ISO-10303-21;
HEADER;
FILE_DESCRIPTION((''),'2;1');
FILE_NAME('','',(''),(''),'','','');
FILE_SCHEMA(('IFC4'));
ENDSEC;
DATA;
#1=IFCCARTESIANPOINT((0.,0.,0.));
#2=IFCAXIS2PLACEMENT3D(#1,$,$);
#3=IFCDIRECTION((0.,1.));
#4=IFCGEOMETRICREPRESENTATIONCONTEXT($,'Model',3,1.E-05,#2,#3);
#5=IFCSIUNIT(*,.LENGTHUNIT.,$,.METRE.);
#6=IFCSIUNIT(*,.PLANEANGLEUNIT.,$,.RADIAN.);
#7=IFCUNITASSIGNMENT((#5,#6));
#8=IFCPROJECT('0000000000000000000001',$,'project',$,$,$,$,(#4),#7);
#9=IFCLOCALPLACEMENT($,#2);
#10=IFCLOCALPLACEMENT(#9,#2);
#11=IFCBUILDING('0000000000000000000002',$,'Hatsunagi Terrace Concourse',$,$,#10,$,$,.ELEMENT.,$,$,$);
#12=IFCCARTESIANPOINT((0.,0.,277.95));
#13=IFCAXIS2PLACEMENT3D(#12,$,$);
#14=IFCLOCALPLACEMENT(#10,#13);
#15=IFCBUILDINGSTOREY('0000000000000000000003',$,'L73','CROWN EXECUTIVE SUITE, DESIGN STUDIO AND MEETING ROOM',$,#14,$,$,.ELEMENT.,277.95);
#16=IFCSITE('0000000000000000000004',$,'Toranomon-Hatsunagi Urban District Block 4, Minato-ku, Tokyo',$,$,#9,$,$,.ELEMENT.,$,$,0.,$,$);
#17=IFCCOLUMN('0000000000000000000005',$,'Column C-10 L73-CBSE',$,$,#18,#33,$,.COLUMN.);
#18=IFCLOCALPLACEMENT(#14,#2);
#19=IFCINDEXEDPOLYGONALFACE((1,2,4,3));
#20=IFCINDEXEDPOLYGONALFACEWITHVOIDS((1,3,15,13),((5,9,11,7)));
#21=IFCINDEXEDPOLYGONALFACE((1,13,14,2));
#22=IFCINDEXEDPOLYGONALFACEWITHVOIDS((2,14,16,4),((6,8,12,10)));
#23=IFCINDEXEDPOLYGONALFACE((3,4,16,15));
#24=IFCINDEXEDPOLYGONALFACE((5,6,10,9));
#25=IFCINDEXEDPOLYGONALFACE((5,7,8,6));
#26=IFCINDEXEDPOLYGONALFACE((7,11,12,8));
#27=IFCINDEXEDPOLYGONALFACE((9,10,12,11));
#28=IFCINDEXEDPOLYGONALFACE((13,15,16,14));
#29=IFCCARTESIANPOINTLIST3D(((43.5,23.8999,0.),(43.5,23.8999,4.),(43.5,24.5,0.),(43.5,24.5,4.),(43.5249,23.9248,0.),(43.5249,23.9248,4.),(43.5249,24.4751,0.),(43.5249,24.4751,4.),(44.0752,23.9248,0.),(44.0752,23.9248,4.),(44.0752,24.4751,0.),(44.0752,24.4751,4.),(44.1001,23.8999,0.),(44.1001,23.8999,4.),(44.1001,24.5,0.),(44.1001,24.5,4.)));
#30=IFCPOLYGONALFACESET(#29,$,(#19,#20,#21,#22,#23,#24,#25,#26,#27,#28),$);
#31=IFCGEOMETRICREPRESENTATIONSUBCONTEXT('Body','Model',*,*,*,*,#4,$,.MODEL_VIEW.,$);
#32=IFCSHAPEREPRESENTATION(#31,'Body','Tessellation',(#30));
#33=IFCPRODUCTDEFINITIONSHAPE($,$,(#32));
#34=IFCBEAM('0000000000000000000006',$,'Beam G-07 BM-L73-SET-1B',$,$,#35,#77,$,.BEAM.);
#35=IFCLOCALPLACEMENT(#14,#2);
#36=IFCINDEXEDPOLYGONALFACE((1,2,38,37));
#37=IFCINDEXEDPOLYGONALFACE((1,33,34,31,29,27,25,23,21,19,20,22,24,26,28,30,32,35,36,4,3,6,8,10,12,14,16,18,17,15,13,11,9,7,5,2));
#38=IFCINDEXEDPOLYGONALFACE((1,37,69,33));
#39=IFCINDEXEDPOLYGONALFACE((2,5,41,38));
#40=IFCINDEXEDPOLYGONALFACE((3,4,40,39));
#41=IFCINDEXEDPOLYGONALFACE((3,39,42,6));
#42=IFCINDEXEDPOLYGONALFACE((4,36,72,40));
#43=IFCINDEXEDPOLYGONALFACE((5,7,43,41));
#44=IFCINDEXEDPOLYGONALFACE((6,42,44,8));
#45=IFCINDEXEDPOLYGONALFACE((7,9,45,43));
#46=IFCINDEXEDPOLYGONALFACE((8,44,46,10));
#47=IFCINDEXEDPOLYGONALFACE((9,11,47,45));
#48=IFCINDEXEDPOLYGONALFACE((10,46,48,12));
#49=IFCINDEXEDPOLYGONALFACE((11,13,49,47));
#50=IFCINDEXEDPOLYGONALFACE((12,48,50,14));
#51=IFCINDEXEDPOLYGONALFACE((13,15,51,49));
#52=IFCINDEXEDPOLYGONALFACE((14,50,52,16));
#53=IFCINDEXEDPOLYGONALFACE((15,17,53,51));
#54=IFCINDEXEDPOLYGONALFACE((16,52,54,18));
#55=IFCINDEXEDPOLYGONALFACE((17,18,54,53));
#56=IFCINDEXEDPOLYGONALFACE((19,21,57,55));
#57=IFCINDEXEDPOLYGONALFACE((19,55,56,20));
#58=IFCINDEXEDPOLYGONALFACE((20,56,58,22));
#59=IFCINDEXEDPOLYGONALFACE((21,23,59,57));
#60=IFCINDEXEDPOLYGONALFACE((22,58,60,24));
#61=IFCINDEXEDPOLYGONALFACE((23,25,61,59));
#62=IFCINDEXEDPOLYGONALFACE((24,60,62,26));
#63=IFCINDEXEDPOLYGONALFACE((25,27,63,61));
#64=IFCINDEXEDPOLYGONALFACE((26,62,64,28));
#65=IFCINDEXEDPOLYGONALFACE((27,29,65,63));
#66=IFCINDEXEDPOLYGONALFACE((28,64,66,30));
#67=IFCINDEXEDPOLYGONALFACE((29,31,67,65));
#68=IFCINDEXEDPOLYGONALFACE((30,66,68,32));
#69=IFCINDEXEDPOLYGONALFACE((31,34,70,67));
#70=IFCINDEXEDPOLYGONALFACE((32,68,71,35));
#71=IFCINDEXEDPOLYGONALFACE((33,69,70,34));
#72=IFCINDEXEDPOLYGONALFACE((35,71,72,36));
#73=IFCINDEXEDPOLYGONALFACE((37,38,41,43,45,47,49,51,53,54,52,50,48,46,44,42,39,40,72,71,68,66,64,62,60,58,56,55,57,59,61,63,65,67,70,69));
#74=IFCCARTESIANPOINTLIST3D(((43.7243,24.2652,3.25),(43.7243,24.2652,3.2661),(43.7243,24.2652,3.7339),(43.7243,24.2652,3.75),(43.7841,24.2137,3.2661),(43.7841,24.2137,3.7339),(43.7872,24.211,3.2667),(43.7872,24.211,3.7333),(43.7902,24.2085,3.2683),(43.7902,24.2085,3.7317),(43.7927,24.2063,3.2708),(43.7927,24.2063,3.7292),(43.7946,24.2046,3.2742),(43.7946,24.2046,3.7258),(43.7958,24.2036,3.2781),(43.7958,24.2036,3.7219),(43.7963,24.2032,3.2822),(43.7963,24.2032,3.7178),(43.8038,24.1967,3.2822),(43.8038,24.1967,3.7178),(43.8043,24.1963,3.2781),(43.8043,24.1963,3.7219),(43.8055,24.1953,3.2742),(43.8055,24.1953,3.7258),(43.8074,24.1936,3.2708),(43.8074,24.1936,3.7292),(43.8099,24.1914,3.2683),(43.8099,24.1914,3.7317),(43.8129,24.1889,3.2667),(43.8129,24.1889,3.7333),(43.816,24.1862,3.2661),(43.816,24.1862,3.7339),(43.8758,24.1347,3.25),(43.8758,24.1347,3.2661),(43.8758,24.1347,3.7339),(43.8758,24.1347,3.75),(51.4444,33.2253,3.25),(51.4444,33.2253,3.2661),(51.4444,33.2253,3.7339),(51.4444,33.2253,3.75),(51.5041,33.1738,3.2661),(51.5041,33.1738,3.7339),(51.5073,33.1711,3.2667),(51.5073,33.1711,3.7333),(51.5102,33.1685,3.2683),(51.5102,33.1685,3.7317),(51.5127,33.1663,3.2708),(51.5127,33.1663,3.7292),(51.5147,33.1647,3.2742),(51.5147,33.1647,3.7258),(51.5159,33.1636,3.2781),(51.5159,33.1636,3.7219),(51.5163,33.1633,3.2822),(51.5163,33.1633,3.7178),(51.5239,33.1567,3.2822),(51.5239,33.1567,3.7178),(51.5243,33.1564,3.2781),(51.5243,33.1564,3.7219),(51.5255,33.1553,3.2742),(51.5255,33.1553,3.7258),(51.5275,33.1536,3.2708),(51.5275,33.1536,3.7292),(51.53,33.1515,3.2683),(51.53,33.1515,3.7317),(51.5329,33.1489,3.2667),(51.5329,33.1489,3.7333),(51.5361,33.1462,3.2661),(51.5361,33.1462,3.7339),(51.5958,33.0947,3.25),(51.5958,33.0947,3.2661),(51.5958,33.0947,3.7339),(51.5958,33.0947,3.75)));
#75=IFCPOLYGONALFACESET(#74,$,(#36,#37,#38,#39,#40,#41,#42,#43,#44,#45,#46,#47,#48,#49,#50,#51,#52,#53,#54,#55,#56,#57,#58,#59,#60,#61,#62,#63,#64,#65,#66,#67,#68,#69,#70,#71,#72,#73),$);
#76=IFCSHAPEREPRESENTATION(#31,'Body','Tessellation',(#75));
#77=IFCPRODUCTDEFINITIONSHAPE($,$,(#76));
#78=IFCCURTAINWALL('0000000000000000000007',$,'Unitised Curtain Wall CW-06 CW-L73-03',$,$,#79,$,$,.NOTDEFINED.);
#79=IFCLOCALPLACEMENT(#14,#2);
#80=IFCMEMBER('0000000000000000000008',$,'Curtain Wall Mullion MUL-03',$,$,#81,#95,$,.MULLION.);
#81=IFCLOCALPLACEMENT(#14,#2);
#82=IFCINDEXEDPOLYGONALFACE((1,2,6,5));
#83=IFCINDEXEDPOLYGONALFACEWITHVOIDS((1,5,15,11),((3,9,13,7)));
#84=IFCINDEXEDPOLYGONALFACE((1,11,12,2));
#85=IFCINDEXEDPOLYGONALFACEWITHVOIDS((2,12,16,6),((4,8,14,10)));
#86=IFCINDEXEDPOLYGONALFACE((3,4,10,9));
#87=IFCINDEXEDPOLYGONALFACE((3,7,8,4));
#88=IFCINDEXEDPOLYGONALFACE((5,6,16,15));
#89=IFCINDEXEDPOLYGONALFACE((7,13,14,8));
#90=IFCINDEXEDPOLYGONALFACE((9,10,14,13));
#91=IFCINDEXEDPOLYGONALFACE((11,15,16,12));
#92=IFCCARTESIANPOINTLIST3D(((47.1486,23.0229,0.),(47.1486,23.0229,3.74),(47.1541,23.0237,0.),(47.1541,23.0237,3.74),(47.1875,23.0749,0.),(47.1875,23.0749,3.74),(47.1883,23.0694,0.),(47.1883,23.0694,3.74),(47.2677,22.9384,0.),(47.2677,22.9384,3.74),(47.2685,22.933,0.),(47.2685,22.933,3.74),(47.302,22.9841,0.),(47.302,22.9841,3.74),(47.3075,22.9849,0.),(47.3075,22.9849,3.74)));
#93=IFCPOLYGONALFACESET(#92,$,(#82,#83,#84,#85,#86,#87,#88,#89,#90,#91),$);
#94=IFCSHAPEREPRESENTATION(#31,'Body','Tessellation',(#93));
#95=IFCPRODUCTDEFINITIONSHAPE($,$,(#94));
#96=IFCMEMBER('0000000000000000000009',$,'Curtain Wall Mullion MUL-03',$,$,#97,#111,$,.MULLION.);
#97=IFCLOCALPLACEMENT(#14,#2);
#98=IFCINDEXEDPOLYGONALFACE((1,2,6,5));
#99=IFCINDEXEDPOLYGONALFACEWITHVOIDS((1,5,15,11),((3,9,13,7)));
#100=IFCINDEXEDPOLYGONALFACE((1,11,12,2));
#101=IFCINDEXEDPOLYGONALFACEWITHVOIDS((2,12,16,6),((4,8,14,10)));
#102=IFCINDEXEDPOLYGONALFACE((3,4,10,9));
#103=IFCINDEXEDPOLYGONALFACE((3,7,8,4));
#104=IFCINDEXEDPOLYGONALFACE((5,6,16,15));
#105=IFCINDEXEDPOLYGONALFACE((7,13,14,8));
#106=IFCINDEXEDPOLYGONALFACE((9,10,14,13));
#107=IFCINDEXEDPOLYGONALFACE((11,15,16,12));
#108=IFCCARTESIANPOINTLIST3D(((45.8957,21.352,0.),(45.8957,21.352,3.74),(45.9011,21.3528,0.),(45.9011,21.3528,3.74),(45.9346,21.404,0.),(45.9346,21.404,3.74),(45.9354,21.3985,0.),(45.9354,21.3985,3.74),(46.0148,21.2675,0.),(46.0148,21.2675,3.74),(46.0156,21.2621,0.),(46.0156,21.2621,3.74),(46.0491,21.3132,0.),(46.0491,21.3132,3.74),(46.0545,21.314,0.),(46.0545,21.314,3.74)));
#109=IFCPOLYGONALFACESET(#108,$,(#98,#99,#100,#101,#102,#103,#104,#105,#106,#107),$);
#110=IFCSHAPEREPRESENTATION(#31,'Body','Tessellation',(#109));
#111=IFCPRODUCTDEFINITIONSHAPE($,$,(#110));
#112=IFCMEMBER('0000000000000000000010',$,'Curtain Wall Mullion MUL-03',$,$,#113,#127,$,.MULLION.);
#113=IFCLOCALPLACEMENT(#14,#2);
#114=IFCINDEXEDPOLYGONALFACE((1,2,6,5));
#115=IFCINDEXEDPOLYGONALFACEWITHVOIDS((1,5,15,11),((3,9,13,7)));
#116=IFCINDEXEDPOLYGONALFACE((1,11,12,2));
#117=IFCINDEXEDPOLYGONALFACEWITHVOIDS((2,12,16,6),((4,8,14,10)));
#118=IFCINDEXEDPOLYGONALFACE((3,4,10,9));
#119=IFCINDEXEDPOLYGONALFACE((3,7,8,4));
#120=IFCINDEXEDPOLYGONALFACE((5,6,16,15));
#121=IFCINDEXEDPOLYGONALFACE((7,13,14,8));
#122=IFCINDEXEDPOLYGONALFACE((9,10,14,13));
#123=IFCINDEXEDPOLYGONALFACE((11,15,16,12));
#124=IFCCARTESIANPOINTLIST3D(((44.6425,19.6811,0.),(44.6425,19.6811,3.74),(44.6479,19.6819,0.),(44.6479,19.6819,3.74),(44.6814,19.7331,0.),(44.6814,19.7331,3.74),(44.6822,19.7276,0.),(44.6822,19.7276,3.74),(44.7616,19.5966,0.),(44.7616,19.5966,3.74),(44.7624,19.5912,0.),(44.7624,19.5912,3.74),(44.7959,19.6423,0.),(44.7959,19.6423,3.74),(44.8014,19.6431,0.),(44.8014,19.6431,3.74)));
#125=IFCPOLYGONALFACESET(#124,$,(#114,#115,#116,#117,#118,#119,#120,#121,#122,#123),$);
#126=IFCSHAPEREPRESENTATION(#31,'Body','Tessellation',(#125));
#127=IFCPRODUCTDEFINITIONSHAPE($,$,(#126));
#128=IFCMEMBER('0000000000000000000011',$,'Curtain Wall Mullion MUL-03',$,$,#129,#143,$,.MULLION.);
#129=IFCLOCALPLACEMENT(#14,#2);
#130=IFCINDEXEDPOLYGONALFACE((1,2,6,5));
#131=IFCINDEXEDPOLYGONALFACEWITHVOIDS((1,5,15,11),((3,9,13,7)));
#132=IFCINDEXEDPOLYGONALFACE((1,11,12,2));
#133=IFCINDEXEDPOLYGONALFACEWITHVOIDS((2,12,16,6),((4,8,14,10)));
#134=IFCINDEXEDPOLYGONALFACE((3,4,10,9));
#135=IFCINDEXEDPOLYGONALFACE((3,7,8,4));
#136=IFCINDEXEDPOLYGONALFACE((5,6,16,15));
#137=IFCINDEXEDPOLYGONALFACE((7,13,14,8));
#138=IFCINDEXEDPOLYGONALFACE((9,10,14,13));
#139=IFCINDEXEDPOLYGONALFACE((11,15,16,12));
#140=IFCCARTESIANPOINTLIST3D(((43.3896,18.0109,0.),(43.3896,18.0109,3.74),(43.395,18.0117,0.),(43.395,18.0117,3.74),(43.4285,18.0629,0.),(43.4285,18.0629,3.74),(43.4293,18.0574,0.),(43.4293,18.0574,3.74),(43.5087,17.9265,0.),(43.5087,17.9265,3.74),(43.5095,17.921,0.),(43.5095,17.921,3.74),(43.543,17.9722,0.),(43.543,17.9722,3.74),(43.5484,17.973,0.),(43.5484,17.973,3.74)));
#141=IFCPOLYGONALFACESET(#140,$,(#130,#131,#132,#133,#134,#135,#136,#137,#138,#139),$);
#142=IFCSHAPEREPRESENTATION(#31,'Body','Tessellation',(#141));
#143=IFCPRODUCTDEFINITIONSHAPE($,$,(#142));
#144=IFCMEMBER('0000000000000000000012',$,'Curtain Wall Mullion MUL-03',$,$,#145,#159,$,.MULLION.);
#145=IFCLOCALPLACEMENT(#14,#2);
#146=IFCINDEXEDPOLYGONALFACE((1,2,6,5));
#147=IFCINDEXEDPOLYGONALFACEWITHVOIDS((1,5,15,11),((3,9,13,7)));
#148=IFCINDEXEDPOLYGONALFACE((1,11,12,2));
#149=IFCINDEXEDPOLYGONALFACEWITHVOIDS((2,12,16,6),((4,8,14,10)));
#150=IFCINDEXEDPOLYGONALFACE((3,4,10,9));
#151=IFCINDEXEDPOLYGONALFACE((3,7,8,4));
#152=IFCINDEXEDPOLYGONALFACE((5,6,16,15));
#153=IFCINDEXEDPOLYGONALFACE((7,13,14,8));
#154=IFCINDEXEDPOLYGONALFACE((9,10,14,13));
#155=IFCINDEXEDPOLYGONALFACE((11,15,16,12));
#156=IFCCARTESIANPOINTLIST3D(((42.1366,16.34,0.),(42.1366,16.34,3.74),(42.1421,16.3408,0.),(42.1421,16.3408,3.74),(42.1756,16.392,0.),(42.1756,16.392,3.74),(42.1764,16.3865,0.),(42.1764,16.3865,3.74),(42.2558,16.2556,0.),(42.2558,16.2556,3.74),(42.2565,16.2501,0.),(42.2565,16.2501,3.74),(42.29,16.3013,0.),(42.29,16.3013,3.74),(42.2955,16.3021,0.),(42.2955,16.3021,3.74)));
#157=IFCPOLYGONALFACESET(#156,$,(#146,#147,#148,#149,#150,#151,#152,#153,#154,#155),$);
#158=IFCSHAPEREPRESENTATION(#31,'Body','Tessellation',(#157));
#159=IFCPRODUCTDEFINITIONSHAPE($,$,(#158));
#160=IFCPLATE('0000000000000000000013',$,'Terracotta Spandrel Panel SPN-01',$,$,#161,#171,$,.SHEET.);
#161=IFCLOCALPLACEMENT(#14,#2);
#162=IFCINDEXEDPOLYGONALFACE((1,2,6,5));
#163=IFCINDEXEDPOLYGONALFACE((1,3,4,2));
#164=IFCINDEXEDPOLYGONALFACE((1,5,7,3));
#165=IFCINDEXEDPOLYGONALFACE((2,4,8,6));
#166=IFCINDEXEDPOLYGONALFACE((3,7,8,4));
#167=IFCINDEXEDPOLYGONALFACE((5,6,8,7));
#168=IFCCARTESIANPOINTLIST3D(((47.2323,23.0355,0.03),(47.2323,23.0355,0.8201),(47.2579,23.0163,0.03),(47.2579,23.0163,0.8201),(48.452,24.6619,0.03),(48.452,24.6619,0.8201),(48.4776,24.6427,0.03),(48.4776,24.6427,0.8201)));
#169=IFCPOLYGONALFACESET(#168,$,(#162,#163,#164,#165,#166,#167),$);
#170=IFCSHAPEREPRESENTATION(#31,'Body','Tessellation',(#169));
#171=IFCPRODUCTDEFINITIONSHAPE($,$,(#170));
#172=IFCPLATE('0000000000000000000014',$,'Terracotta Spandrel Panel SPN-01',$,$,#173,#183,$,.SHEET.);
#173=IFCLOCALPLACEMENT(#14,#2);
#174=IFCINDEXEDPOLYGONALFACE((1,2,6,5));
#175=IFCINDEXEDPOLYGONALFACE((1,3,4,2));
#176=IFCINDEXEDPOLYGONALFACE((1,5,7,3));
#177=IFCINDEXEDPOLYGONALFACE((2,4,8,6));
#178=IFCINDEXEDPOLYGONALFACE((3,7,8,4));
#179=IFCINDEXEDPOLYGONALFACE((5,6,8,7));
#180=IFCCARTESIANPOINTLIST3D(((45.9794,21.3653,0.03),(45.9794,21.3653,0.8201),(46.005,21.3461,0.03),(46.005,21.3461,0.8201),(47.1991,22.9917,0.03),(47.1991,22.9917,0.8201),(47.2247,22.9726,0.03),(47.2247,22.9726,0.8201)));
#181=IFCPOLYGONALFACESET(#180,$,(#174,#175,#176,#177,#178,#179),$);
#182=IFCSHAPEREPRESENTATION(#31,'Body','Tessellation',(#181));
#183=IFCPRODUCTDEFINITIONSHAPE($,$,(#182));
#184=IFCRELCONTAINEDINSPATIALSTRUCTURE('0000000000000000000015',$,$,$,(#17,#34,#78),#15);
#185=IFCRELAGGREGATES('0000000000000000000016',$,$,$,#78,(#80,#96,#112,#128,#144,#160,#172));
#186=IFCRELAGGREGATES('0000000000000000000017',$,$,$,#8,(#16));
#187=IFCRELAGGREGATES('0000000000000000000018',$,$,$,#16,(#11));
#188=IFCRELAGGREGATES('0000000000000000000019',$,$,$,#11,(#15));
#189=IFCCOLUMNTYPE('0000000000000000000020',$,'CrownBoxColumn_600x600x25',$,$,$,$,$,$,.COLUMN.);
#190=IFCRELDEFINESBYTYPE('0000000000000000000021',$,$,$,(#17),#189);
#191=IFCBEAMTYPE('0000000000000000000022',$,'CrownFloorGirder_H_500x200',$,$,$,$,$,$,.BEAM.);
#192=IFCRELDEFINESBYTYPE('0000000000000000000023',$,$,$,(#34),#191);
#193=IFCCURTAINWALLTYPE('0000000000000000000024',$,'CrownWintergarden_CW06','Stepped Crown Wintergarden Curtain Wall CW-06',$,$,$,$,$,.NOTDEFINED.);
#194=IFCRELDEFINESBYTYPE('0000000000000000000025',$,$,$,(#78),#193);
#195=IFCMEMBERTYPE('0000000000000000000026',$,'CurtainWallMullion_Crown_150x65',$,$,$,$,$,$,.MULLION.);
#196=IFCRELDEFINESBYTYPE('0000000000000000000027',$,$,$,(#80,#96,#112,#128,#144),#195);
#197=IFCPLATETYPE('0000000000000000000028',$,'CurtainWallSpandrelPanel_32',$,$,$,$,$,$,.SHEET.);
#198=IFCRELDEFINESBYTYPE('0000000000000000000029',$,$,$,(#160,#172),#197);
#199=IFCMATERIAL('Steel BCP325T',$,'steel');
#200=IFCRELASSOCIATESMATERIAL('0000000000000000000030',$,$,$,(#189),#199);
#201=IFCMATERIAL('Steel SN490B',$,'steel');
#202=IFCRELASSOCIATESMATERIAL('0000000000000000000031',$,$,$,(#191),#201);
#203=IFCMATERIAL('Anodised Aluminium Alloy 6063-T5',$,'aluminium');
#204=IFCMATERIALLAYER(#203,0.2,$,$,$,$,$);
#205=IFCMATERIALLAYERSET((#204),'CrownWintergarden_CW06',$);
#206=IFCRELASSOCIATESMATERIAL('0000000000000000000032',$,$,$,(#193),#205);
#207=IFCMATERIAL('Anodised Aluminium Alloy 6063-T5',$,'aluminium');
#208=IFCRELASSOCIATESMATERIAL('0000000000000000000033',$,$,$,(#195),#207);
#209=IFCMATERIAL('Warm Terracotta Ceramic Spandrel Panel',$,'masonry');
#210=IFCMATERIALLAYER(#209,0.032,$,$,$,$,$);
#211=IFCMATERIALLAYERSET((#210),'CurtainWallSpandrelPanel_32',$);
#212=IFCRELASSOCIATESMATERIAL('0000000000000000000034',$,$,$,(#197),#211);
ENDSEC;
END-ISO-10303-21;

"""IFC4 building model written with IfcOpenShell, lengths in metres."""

from ifc_helpers import new_model, si_unit, direction, frame, origin, origin_2d, place, context, subcontext, project, spatial, rectangle, hollow_rectangle, i_section, extrude, material, layer, layer_set, material_profile, profile_set, type_object, element, aggregate, save


model = new_model("IFC4")

# Units and contexts
model_context = context("Model", 3, precision=1e-05, world=origin(), true_north=direction((0.0, 1.0)))
body_context = subcontext(model_context, "Body", "Model", "MODEL_VIEW")
ifc_project = project(units=[si_unit("LENGTHUNIT", "METRE"), si_unit("PLANEANGLEUNIT", "RADIAN")], contexts=[model_context])

# Site, building, storey
site_placement = place(None, origin())
site = spatial("IfcSite", under=ifc_project, at=site_placement, Name="Toranomon-Hatsunagi Urban District Block 4, Minato-ku, Tokyo", CompositionType="ELEMENT", RefElevation=0.0)
building_placement = place(site_placement, origin())
building = spatial("IfcBuilding", under=site, at=building_placement, Name="Hatsunagi Terrace Concourse", CompositionType="ELEMENT")
storey_placement = place(building_placement, frame((0.0, 0.0, 277.95)))
storey = spatial("IfcBuildingStorey", under=building, at=storey_placement, Name="L73", Description="CROWN EXECUTIVE SUITE, DESIGN STUDIO AND MEETING ROOM", CompositionType="ELEMENT", Elevation=277.95)

# Column
ifc_material_1 = material(Name="Steel BCP325T", Category="steel")
ifc_material_profile_1 = material_profile(ifc_material_1, hollow_rectangle(XDim=0.6001, YDim=0.6001, WallThickness=0.0249, at=origin_2d()), Name="BCP-600x600x25")
ifc_profile_set_1 = profile_set([ifc_material_profile_1], Name="Steel BCP325T")
column_type = type_object("IfcColumnType", Name="CrownBoxColumn_600x600x25", PredefinedType="COLUMN", material=ifc_profile_set_1)
column_placement = place(storey_placement, frame((43.8, 24.2, 0.0), z_axis=(0.0, 0.0, 1.0), x_axis=(1.0, 0.0, 0.0)))
element("IfcColumn", 1, at=column_placement, inside=storey, type_object=column_type, Name="Column C-10 L73-CBSE", PredefinedType="COLUMN", context=body_context, shape_type="SweptSolid", body=[
    extrude(hollow_rectangle(XDim=0.6001, YDim=0.6001, WallThickness=0.0249, at=origin_2d()), origin(), (0.0, 0.0, 1.0), 4.0),
])

# Beam
ifc_material_2 = material(Name="Steel SN490B", Category="steel")
ifc_material_profile_2 = material_profile(ifc_material_2, i_section(OverallWidth=0.2, OverallDepth=0.5, WebThickness=0.01, FlangeThickness=0.0161, FilletRadius=0.0161, at=origin_2d()), Name="H-500x200x10x16")
ifc_profile_set_2 = profile_set([ifc_material_profile_2], Name="Steel SN490B")
beam_type = type_object("IfcBeamType", Name="CrownFloorGirder_H_500x200", PredefinedType="BEAM", material=ifc_profile_set_2)
beam_placement = place(storey_placement, frame((43.8, 24.2, 3.5), z_axis=(0.652739, 0.757583, 0.0), x_axis=(-0.757583, 0.652739, 0.0)))
element("IfcBeam", 2, at=beam_placement, inside=storey, type_object=beam_type, Name="Beam G-07 BM-L73-SET-1B", PredefinedType="BEAM", context=body_context, shape_type="SweptSolid", body=[
    extrude(i_section(OverallWidth=0.2, OverallDepth=0.5, WebThickness=0.01, FlangeThickness=0.0161, FilletRadius=0.0161, at=origin_2d()), origin(), (0.0, 0.0, 1.0), 11.8271),
])

# Curtain wall, members, plates
ifc_material_3 = material(Name="Anodised Aluminium Alloy 6063-T5", Category="aluminium")
ifc_layer_1 = layer(ifc_material_3, 0.2)
ifc_layer_set_1 = layer_set([ifc_layer_1], Name="CrownWintergarden_CW06")
curtain_wall_type = type_object("IfcCurtainWallType", Name="CrownWintergarden_CW06", Description="Stepped Crown Wintergarden Curtain Wall CW-06", PredefinedType="NOTDEFINED", material=ifc_layer_set_1)
curtain_wall_placement = place(storey_placement, origin())
curtain_wall = element("IfcCurtainWall", 3, at=curtain_wall_placement, inside=storey, type_object=curtain_wall_type, Name="Unitised Curtain Wall CW-06 CW-L73-03", PredefinedType="NOTDEFINED")
ifc_material_4 = material(Name="Anodised Aluminium Alloy 6063-T5", Category="aluminium")
ifc_material_profile_3 = material_profile(ifc_material_4, hollow_rectangle(XDim=0.0649, YDim=0.1499, WallThickness=0.0039, at=origin_2d()), Name="ALU-MUL-150x65x4")
ifc_profile_set_3 = profile_set([ifc_material_profile_3], Name="Anodised Aluminium Alloy 6063-T5")
member_type = type_object("IfcMemberType", Name="CurtainWallMullion_Crown_150x65", PredefinedType="MULLION", material=ifc_profile_set_3)
member_1_placement = place(storey_placement, frame((47.228, 23.0039, 0.0), z_axis=(0.0, 0.0, 1.0), x_axis=(-0.599969, -0.800023, 0.0)))
member_1 = element("IfcMember", 4, at=member_1_placement, type_object=member_type, Name="Curtain Wall Mullion MUL-03", PredefinedType="MULLION", context=body_context, shape_type="SweptSolid", body=[
    extrude(hollow_rectangle(XDim=0.0649, YDim=0.1499, WallThickness=0.0039, at=origin_2d()), origin(), (0.0, 0.0, 1.0), 3.74),
])
member_2_placement = place(storey_placement, frame((45.9751, 21.333, 0.0), z_axis=(0.0, 0.0, 1.0), x_axis=(-0.599969, -0.800023, 0.0)))
member_2 = element("IfcMember", 5, at=member_2_placement, type_object=member_type, Name="Curtain Wall Mullion MUL-03", PredefinedType="MULLION", context=body_context, shape_type="SweptSolid", body=[
    extrude(hollow_rectangle(XDim=0.0649, YDim=0.1499, WallThickness=0.0039, at=origin_2d()), origin(), (0.0, 0.0, 1.0), 3.74),
])
member_3_placement = place(storey_placement, frame((44.7219, 19.6621, 0.0), z_axis=(0.0, 0.0, 1.0), x_axis=(-0.599969, -0.800023, 0.0)))
member_3 = element("IfcMember", 6, at=member_3_placement, type_object=member_type, Name="Curtain Wall Mullion MUL-03", PredefinedType="MULLION", context=body_context, shape_type="SweptSolid", body=[
    extrude(hollow_rectangle(XDim=0.0649, YDim=0.1499, WallThickness=0.0039, at=origin_2d()), origin(), (0.0, 0.0, 1.0), 3.74),
])
member_4_placement = place(storey_placement, frame((43.469, 17.9919, 0.0), z_axis=(0.0, 0.0, 1.0), x_axis=(-0.599969, -0.800023, 0.0)))
member_4 = element("IfcMember", 7, at=member_4_placement, type_object=member_type, Name="Curtain Wall Mullion MUL-03", PredefinedType="MULLION", context=body_context, shape_type="SweptSolid", body=[
    extrude(hollow_rectangle(XDim=0.0649, YDim=0.1499, WallThickness=0.0039, at=origin_2d()), origin(), (0.0, 0.0, 1.0), 3.74),
])
member_5_placement = place(storey_placement, frame((42.2161, 16.321, 0.0), z_axis=(0.0, 0.0, 1.0), x_axis=(-0.599969, -0.800023, 0.0)))
member_5 = element("IfcMember", 8, at=member_5_placement, type_object=member_type, Name="Curtain Wall Mullion MUL-03", PredefinedType="MULLION", context=body_context, shape_type="SweptSolid", body=[
    extrude(hollow_rectangle(XDim=0.0649, YDim=0.1499, WallThickness=0.0039, at=origin_2d()), origin(), (0.0, 0.0, 1.0), 3.74),
])
ifc_material_5 = material(Name="Warm Terracotta Ceramic Spandrel Panel", Category="masonry")
ifc_layer_2 = layer(ifc_material_5, 0.032)
ifc_layer_set_2 = layer_set([ifc_layer_2], Name="CurtainWallSpandrelPanel_32")
plate_type_1 = type_object("IfcPlateType", Name="CurtainWallSpandrelPanel_32", PredefinedType="SHEET", material=ifc_layer_set_2)
plate_1_placement = place(storey_placement, frame((47.855, 23.8391, 0.03), z_axis=(0.0, 0.0, 1.0), x_axis=(-0.599969, -0.800023, 0.0)))
plate_1 = element("IfcPlate", 9, at=plate_1_placement, type_object=plate_type_1, Name="Terracotta Spandrel Panel SPN-01", PredefinedType="SHEET", context=body_context, shape_type="SweptSolid", body=[
    extrude(rectangle(XDim=2.033, YDim=0.032, at=origin_2d()), origin(), (0.0, 0.0, 1.0), 0.79),
])
plate_2_placement = place(storey_placement, frame((46.6021, 22.1689, 0.03), z_axis=(0.0, 0.0, 1.0), x_axis=(-0.599969, -0.800023, 0.0)))
plate_2 = element("IfcPlate", 10, at=plate_2_placement, type_object=plate_type_1, Name="Terracotta Spandrel Panel SPN-01", PredefinedType="SHEET", context=body_context, shape_type="SweptSolid", body=[
    extrude(rectangle(XDim=2.033, YDim=0.032, at=origin_2d()), origin(), (0.0, 0.0, 1.0), 0.79),
])
aggregate(curtain_wall, [member_1, member_2, member_3, member_4, member_5, plate_1, plate_2])

save(model, "model.ifc")
